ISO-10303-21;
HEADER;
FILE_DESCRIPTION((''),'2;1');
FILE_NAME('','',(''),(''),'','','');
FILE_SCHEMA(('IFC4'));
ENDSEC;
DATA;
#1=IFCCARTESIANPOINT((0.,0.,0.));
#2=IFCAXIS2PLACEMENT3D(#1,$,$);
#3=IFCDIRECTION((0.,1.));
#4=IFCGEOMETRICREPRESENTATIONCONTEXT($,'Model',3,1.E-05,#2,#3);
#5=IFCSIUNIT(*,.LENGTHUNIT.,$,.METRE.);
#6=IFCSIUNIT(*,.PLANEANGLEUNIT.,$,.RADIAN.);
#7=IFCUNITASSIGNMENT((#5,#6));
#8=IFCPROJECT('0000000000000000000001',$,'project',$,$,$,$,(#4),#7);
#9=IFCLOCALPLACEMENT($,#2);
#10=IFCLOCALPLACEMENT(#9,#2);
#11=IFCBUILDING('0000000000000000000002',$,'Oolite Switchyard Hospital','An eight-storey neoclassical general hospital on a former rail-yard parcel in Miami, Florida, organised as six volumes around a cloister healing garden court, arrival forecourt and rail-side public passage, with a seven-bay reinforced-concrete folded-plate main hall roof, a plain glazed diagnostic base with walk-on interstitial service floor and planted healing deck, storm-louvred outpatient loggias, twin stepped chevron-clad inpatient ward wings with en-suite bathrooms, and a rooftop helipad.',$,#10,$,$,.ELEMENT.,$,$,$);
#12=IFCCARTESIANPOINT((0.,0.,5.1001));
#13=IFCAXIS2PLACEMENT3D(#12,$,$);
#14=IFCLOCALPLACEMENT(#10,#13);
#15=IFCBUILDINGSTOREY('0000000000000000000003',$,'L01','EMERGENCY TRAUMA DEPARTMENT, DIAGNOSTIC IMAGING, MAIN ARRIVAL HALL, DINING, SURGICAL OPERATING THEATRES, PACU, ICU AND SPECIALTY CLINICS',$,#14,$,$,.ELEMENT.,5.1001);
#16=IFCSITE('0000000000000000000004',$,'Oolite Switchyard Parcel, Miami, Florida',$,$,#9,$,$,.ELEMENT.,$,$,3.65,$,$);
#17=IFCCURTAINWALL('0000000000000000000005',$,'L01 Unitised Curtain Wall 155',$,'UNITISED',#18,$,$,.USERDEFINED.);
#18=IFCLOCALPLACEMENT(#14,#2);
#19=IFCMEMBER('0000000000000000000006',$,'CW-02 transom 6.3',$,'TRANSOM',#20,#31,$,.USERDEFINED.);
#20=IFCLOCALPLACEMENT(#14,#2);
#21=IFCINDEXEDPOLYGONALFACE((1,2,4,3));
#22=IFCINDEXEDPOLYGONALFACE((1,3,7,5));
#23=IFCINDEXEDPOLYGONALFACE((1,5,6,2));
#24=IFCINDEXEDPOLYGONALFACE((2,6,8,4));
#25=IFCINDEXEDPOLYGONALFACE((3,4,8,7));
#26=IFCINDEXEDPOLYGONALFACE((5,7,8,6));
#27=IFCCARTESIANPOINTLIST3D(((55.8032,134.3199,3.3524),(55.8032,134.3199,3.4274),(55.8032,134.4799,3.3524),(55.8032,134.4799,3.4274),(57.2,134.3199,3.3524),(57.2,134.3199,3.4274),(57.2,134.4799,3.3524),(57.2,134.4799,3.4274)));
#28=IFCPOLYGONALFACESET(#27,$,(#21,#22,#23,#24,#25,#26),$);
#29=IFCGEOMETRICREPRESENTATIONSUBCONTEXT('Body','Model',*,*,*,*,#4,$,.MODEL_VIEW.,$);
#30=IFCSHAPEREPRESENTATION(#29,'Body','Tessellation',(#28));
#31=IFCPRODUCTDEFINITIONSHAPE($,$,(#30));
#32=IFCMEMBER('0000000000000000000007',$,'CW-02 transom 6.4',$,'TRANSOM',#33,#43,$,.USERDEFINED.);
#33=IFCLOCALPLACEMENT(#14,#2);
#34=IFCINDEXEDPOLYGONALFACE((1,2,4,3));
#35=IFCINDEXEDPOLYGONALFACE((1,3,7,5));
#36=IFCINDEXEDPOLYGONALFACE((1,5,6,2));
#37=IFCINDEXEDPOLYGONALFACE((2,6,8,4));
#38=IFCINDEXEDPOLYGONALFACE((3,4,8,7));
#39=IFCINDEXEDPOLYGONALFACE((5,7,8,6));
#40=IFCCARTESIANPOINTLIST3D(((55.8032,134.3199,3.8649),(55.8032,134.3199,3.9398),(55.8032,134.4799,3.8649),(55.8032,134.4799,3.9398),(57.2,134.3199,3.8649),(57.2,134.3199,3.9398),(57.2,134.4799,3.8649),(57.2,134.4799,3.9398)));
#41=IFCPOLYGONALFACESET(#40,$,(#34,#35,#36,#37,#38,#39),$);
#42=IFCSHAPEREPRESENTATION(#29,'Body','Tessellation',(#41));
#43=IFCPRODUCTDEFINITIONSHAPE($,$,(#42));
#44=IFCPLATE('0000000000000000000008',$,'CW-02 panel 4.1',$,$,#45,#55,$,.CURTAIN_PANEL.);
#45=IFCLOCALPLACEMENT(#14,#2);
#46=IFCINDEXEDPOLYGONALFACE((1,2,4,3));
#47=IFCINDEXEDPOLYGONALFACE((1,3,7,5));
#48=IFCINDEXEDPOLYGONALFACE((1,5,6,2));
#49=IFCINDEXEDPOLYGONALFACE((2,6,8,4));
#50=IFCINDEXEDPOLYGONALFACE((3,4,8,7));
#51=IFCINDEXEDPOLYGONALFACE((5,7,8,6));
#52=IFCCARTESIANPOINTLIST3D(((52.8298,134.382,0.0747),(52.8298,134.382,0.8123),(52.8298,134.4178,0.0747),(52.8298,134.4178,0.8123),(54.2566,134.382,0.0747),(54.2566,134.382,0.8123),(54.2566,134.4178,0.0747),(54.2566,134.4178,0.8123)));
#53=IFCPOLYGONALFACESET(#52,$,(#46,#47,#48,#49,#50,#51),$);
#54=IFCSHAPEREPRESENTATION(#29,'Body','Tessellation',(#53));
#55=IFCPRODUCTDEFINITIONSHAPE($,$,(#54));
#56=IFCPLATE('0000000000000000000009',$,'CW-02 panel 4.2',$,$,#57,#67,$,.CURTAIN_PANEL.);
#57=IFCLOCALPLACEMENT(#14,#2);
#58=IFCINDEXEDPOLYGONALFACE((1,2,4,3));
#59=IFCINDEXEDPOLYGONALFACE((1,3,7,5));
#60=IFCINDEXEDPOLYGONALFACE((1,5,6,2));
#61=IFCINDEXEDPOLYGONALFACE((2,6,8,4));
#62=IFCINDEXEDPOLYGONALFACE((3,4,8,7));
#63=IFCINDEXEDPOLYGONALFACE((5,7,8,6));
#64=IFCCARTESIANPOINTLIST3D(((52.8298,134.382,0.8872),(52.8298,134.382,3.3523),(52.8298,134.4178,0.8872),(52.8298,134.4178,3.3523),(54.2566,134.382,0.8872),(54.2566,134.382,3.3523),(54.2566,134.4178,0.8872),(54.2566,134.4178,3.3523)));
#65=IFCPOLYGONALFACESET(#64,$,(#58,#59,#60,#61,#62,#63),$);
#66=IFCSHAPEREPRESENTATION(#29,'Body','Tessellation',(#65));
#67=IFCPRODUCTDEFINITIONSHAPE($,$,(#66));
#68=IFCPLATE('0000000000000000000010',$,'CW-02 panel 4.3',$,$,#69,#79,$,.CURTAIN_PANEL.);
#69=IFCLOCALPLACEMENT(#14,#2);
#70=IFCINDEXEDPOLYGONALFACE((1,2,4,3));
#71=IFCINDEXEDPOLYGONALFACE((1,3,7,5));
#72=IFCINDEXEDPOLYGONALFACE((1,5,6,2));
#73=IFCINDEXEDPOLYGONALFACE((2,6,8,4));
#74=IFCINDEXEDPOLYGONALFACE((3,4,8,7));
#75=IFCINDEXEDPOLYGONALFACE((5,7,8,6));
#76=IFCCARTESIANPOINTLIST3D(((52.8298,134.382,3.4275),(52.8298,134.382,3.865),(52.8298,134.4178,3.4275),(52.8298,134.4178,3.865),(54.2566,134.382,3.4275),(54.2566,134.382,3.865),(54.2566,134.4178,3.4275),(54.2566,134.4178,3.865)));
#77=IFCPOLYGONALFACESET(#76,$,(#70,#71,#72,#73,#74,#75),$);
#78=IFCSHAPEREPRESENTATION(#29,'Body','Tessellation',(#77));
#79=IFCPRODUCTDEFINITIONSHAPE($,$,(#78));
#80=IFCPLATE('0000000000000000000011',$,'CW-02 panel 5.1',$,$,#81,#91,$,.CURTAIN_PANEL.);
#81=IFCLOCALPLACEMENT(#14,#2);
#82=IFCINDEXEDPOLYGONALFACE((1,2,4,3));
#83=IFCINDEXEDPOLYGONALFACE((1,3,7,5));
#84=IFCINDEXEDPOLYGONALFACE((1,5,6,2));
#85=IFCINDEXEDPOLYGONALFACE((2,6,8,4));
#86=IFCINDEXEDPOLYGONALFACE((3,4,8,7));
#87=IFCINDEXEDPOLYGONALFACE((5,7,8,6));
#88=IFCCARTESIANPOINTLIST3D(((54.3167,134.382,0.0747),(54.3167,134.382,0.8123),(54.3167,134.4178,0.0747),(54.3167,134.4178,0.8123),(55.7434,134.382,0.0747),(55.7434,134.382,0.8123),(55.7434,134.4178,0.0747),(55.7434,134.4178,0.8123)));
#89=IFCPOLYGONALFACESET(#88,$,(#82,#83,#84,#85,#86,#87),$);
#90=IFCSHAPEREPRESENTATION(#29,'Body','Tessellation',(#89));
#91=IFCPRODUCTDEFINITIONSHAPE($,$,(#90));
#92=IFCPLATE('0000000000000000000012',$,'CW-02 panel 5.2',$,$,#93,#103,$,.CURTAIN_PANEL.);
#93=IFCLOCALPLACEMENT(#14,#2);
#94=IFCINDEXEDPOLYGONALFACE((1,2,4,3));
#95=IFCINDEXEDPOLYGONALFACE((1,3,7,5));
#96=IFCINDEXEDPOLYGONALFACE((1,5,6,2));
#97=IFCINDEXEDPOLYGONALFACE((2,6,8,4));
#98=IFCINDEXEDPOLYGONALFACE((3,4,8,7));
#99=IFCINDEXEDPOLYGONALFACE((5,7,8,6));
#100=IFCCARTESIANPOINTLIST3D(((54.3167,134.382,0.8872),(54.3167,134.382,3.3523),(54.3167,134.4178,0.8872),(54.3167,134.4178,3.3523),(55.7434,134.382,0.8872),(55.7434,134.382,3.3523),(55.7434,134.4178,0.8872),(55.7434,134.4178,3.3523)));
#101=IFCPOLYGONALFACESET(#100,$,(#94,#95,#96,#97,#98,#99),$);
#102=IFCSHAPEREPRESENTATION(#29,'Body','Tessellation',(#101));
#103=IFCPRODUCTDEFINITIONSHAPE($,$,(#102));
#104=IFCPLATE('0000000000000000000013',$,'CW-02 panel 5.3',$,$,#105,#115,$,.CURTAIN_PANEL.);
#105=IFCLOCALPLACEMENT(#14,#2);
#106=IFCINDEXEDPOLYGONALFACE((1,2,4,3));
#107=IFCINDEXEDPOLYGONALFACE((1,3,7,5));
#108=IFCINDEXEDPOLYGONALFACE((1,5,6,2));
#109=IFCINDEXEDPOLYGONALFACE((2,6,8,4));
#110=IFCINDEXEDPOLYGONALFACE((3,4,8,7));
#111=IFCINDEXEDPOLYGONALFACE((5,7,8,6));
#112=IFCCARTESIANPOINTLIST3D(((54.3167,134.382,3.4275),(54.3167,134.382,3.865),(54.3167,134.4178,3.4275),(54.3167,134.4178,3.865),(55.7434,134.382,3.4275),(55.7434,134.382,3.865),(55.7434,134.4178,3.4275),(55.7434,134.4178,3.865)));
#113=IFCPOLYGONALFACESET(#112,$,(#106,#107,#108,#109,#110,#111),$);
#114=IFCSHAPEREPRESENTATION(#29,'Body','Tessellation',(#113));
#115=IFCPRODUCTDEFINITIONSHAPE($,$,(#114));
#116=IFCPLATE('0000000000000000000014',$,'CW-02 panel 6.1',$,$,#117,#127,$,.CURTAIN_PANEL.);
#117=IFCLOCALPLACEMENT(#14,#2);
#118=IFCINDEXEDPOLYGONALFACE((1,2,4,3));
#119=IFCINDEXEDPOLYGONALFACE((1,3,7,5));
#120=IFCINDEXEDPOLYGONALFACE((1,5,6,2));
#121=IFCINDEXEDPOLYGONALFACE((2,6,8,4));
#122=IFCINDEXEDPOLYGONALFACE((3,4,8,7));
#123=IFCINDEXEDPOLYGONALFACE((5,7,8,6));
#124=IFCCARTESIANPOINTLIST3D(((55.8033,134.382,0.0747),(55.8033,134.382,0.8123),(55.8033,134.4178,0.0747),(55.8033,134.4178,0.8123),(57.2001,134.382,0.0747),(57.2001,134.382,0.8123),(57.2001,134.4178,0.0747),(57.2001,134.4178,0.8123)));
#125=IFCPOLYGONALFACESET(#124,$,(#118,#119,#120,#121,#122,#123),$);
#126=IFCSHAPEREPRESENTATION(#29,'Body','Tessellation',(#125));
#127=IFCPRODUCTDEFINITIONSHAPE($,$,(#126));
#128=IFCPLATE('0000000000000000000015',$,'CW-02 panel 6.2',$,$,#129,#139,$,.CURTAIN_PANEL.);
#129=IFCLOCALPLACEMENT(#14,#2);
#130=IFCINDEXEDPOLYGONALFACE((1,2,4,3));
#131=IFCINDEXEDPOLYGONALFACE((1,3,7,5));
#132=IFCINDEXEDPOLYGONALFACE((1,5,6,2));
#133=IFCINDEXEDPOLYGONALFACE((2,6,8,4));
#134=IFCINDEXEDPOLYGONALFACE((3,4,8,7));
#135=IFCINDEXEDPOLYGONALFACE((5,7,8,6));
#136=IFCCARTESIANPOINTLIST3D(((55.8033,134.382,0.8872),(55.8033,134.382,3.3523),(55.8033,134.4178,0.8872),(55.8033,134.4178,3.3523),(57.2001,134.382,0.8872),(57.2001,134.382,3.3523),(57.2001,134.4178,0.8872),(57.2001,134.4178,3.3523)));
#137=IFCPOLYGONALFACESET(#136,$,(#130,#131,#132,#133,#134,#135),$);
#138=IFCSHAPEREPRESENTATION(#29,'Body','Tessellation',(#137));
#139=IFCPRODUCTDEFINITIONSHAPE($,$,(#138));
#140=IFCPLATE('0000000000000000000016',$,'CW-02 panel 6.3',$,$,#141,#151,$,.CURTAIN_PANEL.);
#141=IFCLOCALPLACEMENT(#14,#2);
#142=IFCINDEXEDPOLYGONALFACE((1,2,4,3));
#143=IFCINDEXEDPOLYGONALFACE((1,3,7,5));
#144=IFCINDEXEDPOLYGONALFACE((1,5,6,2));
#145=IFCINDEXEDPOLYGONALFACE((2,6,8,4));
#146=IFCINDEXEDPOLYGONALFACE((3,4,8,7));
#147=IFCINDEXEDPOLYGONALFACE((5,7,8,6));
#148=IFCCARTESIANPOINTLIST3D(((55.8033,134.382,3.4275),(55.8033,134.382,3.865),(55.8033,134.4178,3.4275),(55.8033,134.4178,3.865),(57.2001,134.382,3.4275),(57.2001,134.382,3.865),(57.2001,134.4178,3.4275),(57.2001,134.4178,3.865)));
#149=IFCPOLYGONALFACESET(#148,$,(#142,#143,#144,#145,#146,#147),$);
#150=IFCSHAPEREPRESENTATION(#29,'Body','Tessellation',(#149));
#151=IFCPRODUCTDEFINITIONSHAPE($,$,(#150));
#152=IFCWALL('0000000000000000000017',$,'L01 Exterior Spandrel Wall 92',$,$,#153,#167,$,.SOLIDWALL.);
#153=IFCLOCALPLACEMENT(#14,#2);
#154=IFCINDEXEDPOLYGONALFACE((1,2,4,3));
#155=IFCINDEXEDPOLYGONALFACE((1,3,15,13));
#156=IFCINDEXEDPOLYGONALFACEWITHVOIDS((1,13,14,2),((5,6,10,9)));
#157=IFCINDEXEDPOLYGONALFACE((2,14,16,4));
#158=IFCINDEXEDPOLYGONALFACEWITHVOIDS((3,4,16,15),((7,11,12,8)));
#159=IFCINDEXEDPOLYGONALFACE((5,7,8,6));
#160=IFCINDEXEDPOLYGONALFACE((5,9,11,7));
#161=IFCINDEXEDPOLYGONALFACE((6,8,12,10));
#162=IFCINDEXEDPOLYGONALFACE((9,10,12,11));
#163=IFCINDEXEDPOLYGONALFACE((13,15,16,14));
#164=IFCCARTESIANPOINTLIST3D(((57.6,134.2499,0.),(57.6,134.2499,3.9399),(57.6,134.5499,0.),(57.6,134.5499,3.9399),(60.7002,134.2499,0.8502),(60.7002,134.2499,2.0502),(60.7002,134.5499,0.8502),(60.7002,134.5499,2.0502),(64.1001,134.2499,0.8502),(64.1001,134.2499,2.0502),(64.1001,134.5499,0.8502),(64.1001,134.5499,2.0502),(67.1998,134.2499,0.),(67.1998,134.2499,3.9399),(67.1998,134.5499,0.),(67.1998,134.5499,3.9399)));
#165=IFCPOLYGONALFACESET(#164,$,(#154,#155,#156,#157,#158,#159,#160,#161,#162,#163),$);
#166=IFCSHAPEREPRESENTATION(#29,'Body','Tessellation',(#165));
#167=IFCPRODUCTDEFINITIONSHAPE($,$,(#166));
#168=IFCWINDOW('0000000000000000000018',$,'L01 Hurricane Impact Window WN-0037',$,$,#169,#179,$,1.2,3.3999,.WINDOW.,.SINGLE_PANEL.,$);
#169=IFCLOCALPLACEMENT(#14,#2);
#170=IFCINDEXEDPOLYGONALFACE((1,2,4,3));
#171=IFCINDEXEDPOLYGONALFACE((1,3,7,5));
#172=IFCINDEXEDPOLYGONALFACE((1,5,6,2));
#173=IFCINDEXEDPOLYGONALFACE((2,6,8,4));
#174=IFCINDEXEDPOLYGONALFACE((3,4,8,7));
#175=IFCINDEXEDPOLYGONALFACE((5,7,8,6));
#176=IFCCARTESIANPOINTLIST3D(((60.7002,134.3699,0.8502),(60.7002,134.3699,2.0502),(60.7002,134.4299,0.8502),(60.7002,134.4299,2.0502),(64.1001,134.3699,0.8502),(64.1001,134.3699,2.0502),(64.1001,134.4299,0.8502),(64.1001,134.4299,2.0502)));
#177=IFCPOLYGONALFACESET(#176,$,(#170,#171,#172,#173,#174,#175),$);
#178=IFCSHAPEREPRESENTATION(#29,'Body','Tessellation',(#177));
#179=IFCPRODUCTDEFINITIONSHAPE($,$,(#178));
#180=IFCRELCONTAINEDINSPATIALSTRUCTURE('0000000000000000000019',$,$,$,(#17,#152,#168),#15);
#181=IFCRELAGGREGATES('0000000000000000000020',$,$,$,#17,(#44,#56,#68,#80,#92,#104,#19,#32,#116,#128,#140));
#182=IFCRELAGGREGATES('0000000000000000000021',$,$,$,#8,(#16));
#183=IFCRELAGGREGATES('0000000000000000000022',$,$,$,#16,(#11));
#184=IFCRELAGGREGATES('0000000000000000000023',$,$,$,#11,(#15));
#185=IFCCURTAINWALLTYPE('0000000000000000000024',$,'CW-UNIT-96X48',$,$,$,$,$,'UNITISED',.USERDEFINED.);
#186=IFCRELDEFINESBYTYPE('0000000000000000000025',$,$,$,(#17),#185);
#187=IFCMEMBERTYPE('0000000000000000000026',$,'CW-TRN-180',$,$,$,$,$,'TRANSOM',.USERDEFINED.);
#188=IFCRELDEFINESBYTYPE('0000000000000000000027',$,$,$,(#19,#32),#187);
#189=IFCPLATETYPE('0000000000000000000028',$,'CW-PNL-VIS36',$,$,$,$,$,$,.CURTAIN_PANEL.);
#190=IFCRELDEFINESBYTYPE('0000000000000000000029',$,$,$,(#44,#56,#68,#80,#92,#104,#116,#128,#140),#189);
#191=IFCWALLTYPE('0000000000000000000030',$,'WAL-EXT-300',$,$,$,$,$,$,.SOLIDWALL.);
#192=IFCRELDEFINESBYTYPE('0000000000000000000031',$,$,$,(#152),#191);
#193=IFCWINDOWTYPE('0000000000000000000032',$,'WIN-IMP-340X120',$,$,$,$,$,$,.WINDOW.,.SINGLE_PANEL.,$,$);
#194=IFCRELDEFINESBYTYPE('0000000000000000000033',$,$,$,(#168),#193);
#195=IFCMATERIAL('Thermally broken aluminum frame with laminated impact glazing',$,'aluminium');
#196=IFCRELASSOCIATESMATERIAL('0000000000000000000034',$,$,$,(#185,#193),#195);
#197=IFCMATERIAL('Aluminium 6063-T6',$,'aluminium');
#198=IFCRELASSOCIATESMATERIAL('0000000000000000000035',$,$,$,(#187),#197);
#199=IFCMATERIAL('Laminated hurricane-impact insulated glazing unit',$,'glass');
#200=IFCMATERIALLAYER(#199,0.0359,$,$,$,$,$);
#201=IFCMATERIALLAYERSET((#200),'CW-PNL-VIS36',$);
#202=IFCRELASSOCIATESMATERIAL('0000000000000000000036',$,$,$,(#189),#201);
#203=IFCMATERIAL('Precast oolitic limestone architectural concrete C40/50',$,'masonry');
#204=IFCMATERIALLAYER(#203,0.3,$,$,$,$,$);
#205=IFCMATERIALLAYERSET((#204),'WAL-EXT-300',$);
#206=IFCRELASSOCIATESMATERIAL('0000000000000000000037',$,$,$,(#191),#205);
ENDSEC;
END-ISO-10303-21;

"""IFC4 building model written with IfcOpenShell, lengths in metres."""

from ifc_helpers import new_model, si_unit, direction, frame, frame_2d, origin, origin_2d, place, context, subcontext, project, spatial, rectangle, extrude, material, layer, layer_set, material_profile, profile_set, type_object, element, fill, aggregate, save


model = new_model("IFC4")

# Units and contexts
model_context = context("Model", 3, precision=1e-05, world=origin(), true_north=direction((0.0, 1.0)))
body_context = subcontext(model_context, "Body", "Model", "MODEL_VIEW")
ifc_project = project(units=[si_unit("LENGTHUNIT", "METRE"), si_unit("PLANEANGLEUNIT", "RADIAN")], contexts=[model_context])

# Site, building, storey
site_placement = place(None, origin())
site = spatial("IfcSite", under=ifc_project, at=site_placement, Name="Oolite Switchyard Parcel, Miami, Florida", CompositionType="ELEMENT", RefElevation=3.65)
building_placement = place(site_placement, origin())
building = spatial("IfcBuilding", under=site, at=building_placement, Name="Oolite Switchyard Hospital", Description="An eight-storey neoclassical general hospital on a former rail-yard parcel in Miami, Florida, organised as six volumes around a cloister healing garden court, arrival forecourt and rail-side public passage, with a seven-bay reinforced-concrete folded-plate main hall roof, a plain glazed diagnostic base with walk-on interstitial service floor and planted healing deck, storm-louvred outpatient loggias, twin stepped chevron-clad inpatient ward wings with en-suite bathrooms, and a rooftop helipad.", CompositionType="ELEMENT")
storey_placement = place(building_placement, frame((0.0, 0.0, 5.1001)))
storey = spatial("IfcBuildingStorey", under=building, at=storey_placement, Name="L01", Description="EMERGENCY TRAUMA DEPARTMENT, DIAGNOSTIC IMAGING, MAIN ARRIVAL HALL, DINING, SURGICAL OPERATING THEATRES, PACU, ICU AND SPECIALTY CLINICS", CompositionType="ELEMENT", Elevation=5.1001)

# Curtain wall, members, plates
ifc_material_1 = material(Name="Thermally broken aluminum frame with laminated impact glazing", Category="aluminium")
curtain_wall_type = type_object("IfcCurtainWallType", Name="CW-UNIT-96X48", ElementType="UNITISED", PredefinedType="USERDEFINED", material=ifc_material_1)
curtain_wall_placement = place(storey_placement, origin())
curtain_wall = element("IfcCurtainWall", 1, at=curtain_wall_placement, inside=storey, type_object=curtain_wall_type, Name="L01 Unitised Curtain Wall 155", ObjectType="UNITISED", PredefinedType="USERDEFINED")
ifc_material_2 = material(Name="Aluminium 6063-T6", Category="aluminium")
ifc_material_profile_1 = material_profile(ifc_material_2, rectangle(XDim=0.1599, YDim=0.075, at=origin_2d()), Name="CWT75X160")
ifc_profile_set_1 = profile_set([ifc_material_profile_1], Name="Aluminium 6063-T6")
member_type_1 = type_object("IfcMemberType", Name="CW-TRN-180", ElementType="TRANSOM", PredefinedType="USERDEFINED", material=ifc_profile_set_1)
member_1_placement = place(storey_placement, frame((55.8032, 134.3999, 3.3899), z_axis=(1.0, 0.0, 0.0), x_axis=(0.0, 1.0, 0.0)))
member_1 = element("IfcMember", 2, at=member_1_placement, type_object=member_type_1, Name="CW-02 transom 6.3", ObjectType="TRANSOM", PredefinedType="USERDEFINED", context=body_context, shape_type="SweptSolid", body=[
    extrude(rectangle(XDim=0.1599, YDim=0.075, at=origin_2d()), origin(), (0.0, 0.0, 1.0), 1.3967),
])
member_2_placement = place(storey_placement, frame((55.8032, 134.3999, 3.9023), z_axis=(1.0, 0.0, 0.0), x_axis=(0.0, 1.0, 0.0)))
member_2 = element("IfcMember", 3, at=member_2_placement, type_object=member_type_1, Name="CW-02 transom 6.4", ObjectType="TRANSOM", PredefinedType="USERDEFINED", context=body_context, shape_type="SweptSolid", body=[
    extrude(rectangle(XDim=0.1599, YDim=0.075, at=origin_2d()), origin(), (0.0, 0.0, 1.0), 1.3967),
])
ifc_material_3 = material(Name="Laminated hurricane-impact insulated glazing unit", Category="glass")
ifc_layer_1 = layer(ifc_material_3, 0.0359)
ifc_layer_set_1 = layer_set([ifc_layer_1], Name="CW-PNL-VIS36")
plate_type = type_object("IfcPlateType", Name="CW-PNL-VIS36", PredefinedType="CURTAIN_PANEL", material=ifc_layer_set_1)
plate_1_placement = place(storey_placement, frame((53.5432, 134.3999, 0.0747), z_axis=(0.0, 0.0, 1.0), x_axis=(1.0, 0.0, 0.0)))
plate_1 = element("IfcPlate", 4, at=plate_1_placement, type_object=plate_type, Name="CW-02 panel 4.1", PredefinedType="CURTAIN_PANEL", context=body_context, shape_type="SweptSolid", body=[
    extrude(rectangle(XDim=1.4268, YDim=0.0359, at=origin_2d()), origin(), (0.0, 0.0, 1.0), 0.7375),
])
plate_2_placement = place(storey_placement, frame((53.5432, 134.3999, 0.8872), z_axis=(0.0, 0.0, 1.0), x_axis=(1.0, 0.0, 0.0)))
plate_2 = element("IfcPlate", 5, at=plate_2_placement, type_object=plate_type, Name="CW-02 panel 4.2", PredefinedType="CURTAIN_PANEL", context=body_context, shape_type="SweptSolid", body=[
    extrude(rectangle(XDim=1.4268, YDim=0.0359, at=origin_2d()), origin(), (0.0, 0.0, 1.0), 2.4651),
])
plate_3_placement = place(storey_placement, frame((53.5432, 134.3999, 3.4275), z_axis=(0.0, 0.0, 1.0), x_axis=(1.0, 0.0, 0.0)))
plate_3 = element("IfcPlate", 6, at=plate_3_placement, type_object=plate_type, Name="CW-02 panel 4.3", PredefinedType="CURTAIN_PANEL", context=body_context, shape_type="SweptSolid", body=[
    extrude(rectangle(XDim=1.4268, YDim=0.0359, at=origin_2d()), origin(), (0.0, 0.0, 1.0), 0.4375),
])
plate_4_placement = place(storey_placement, frame((55.03, 134.3999, 0.0747), z_axis=(0.0, 0.0, 1.0), x_axis=(1.0, 0.0, 0.0)))
plate_4 = element("IfcPlate", 7, at=plate_4_placement, type_object=plate_type, Name="CW-02 panel 5.1", PredefinedType="CURTAIN_PANEL", context=body_context, shape_type="SweptSolid", body=[
    extrude(rectangle(XDim=1.4268, YDim=0.0359, at=origin_2d()), origin(), (0.0, 0.0, 1.0), 0.7375),
])
plate_5_placement = place(storey_placement, frame((55.03, 134.3999, 0.8872), z_axis=(0.0, 0.0, 1.0), x_axis=(1.0, 0.0, 0.0)))
plate_5 = element("IfcPlate", 8, at=plate_5_placement, type_object=plate_type, Name="CW-02 panel 5.2", PredefinedType="CURTAIN_PANEL", context=body_context, shape_type="SweptSolid", body=[
    extrude(rectangle(XDim=1.4268, YDim=0.0359, at=origin_2d()), origin(), (0.0, 0.0, 1.0), 2.4651),
])
plate_6_placement = place(storey_placement, frame((55.03, 134.3999, 3.4275), z_axis=(0.0, 0.0, 1.0), x_axis=(1.0, 0.0, 0.0)))
plate_6 = element("IfcPlate", 9, at=plate_6_placement, type_object=plate_type, Name="CW-02 panel 5.3", PredefinedType="CURTAIN_PANEL", context=body_context, shape_type="SweptSolid", body=[
    extrude(rectangle(XDim=1.4268, YDim=0.0359, at=origin_2d()), origin(), (0.0, 0.0, 1.0), 0.4375),
])
plate_7_placement = place(storey_placement, frame((56.5017, 134.3999, 0.0747), z_axis=(0.0, 0.0, 1.0), x_axis=(1.0, 0.0, 0.0)))
plate_7 = element("IfcPlate", 10, at=plate_7_placement, type_object=plate_type, Name="CW-02 panel 6.1", PredefinedType="CURTAIN_PANEL", context=body_context, shape_type="SweptSolid", body=[
    extrude(rectangle(XDim=1.3967, YDim=0.0359, at=origin_2d()), origin(), (0.0, 0.0, 1.0), 0.7375),
])
plate_8_placement = place(storey_placement, frame((56.5017, 134.3999, 0.8872), z_axis=(0.0, 0.0, 1.0), x_axis=(1.0, 0.0, 0.0)))
plate_8 = element("IfcPlate", 11, at=plate_8_placement, type_object=plate_type, Name="CW-02 panel 6.2", PredefinedType="CURTAIN_PANEL", context=body_context, shape_type="SweptSolid", body=[
    extrude(rectangle(XDim=1.3967, YDim=0.0359, at=origin_2d()), origin(), (0.0, 0.0, 1.0), 2.4651),
])
plate_9_placement = place(storey_placement, frame((56.5017, 134.3999, 3.4275), z_axis=(0.0, 0.0, 1.0), x_axis=(1.0, 0.0, 0.0)))
plate_9 = element("IfcPlate", 12, at=plate_9_placement, type_object=plate_type, Name="CW-02 panel 6.3", PredefinedType="CURTAIN_PANEL", context=body_context, shape_type="SweptSolid", body=[
    extrude(rectangle(XDim=1.3967, YDim=0.0359, at=origin_2d()), origin(), (0.0, 0.0, 1.0), 0.4375),
])
aggregate(curtain_wall, [plate_1, plate_2, plate_3, plate_4, plate_5, plate_6, member_1, member_2, plate_7, plate_8, plate_9])

# Wall, opening, window
ifc_material_4 = material(Name="Precast oolitic limestone architectural concrete C40/50", Category="masonry")
ifc_layer_2 = layer(ifc_material_4, 0.3)
ifc_layer_set_2 = layer_set([ifc_layer_2], Name="WAL-EXT-300")
wall_type = type_object("IfcWallType", Name="WAL-EXT-300", PredefinedType="SOLIDWALL", material=ifc_layer_set_2)
wall_placement = place(storey_placement, frame((57.6001, 134.3999, 0.0), z_axis=(0.0, 0.0, 1.0), x_axis=(1.0, 0.0, 0.0)))
wall = element("IfcWall", 13, at=wall_placement, inside=storey, type_object=wall_type, Name="L01 Exterior Spandrel Wall 92", PredefinedType="SOLIDWALL", context=body_context, shape_type="SweptSolid", body=[
    extrude(rectangle(XDim=9.5999, YDim=0.3, at=frame_2d((4.7998, 0.0))), origin(), (0.0, 0.0, 1.0), 3.9399),
])
opening_placement = place(wall_placement, frame((3.1001, 0.0, 0.8501)))
opening = element("IfcOpeningElement", 14, at=opening_placement, cuts=wall, PredefinedType="OPENING", context=body_context, shape_type="SweptSolid", body=[
    extrude(rectangle(XDim=3.3999, YDim=1.2, at=frame_2d((1.7, 0.6001))), frame((0.0, 0.1602, 0.0), z_axis=(0.0, -1.0, 0.0), x_axis=(1.0, 0.0, 0.0)), (0.0, 0.0, 1.0), 0.3201),
])
window_type = type_object("IfcWindowType", Name="WIN-IMP-340X120", PartitioningType="SINGLE_PANEL", PredefinedType="WINDOW", material=ifc_material_1)
window_placement = place(opening_placement, origin())
window = element("IfcWindow", 15, at=window_placement, inside=storey, type_object=window_type, Name="L01 Hurricane Impact Window WN-0037", OverallHeight=1.2, OverallWidth=3.3999, PartitioningType="SINGLE_PANEL", PredefinedType="WINDOW", context=body_context, shape_type="SweptSolid", body=[
    extrude(rectangle(XDim=3.3999, YDim=1.2, at=frame_2d((1.7, 0.6001))), frame((0.0, 0.03, 0.0), z_axis=(0.0, -1.0, 0.0), x_axis=(1.0, 0.0, 0.0)), (0.0, 0.0, 1.0), 0.0601),
])
fill(opening, window)

save(model, "model.ifc")
